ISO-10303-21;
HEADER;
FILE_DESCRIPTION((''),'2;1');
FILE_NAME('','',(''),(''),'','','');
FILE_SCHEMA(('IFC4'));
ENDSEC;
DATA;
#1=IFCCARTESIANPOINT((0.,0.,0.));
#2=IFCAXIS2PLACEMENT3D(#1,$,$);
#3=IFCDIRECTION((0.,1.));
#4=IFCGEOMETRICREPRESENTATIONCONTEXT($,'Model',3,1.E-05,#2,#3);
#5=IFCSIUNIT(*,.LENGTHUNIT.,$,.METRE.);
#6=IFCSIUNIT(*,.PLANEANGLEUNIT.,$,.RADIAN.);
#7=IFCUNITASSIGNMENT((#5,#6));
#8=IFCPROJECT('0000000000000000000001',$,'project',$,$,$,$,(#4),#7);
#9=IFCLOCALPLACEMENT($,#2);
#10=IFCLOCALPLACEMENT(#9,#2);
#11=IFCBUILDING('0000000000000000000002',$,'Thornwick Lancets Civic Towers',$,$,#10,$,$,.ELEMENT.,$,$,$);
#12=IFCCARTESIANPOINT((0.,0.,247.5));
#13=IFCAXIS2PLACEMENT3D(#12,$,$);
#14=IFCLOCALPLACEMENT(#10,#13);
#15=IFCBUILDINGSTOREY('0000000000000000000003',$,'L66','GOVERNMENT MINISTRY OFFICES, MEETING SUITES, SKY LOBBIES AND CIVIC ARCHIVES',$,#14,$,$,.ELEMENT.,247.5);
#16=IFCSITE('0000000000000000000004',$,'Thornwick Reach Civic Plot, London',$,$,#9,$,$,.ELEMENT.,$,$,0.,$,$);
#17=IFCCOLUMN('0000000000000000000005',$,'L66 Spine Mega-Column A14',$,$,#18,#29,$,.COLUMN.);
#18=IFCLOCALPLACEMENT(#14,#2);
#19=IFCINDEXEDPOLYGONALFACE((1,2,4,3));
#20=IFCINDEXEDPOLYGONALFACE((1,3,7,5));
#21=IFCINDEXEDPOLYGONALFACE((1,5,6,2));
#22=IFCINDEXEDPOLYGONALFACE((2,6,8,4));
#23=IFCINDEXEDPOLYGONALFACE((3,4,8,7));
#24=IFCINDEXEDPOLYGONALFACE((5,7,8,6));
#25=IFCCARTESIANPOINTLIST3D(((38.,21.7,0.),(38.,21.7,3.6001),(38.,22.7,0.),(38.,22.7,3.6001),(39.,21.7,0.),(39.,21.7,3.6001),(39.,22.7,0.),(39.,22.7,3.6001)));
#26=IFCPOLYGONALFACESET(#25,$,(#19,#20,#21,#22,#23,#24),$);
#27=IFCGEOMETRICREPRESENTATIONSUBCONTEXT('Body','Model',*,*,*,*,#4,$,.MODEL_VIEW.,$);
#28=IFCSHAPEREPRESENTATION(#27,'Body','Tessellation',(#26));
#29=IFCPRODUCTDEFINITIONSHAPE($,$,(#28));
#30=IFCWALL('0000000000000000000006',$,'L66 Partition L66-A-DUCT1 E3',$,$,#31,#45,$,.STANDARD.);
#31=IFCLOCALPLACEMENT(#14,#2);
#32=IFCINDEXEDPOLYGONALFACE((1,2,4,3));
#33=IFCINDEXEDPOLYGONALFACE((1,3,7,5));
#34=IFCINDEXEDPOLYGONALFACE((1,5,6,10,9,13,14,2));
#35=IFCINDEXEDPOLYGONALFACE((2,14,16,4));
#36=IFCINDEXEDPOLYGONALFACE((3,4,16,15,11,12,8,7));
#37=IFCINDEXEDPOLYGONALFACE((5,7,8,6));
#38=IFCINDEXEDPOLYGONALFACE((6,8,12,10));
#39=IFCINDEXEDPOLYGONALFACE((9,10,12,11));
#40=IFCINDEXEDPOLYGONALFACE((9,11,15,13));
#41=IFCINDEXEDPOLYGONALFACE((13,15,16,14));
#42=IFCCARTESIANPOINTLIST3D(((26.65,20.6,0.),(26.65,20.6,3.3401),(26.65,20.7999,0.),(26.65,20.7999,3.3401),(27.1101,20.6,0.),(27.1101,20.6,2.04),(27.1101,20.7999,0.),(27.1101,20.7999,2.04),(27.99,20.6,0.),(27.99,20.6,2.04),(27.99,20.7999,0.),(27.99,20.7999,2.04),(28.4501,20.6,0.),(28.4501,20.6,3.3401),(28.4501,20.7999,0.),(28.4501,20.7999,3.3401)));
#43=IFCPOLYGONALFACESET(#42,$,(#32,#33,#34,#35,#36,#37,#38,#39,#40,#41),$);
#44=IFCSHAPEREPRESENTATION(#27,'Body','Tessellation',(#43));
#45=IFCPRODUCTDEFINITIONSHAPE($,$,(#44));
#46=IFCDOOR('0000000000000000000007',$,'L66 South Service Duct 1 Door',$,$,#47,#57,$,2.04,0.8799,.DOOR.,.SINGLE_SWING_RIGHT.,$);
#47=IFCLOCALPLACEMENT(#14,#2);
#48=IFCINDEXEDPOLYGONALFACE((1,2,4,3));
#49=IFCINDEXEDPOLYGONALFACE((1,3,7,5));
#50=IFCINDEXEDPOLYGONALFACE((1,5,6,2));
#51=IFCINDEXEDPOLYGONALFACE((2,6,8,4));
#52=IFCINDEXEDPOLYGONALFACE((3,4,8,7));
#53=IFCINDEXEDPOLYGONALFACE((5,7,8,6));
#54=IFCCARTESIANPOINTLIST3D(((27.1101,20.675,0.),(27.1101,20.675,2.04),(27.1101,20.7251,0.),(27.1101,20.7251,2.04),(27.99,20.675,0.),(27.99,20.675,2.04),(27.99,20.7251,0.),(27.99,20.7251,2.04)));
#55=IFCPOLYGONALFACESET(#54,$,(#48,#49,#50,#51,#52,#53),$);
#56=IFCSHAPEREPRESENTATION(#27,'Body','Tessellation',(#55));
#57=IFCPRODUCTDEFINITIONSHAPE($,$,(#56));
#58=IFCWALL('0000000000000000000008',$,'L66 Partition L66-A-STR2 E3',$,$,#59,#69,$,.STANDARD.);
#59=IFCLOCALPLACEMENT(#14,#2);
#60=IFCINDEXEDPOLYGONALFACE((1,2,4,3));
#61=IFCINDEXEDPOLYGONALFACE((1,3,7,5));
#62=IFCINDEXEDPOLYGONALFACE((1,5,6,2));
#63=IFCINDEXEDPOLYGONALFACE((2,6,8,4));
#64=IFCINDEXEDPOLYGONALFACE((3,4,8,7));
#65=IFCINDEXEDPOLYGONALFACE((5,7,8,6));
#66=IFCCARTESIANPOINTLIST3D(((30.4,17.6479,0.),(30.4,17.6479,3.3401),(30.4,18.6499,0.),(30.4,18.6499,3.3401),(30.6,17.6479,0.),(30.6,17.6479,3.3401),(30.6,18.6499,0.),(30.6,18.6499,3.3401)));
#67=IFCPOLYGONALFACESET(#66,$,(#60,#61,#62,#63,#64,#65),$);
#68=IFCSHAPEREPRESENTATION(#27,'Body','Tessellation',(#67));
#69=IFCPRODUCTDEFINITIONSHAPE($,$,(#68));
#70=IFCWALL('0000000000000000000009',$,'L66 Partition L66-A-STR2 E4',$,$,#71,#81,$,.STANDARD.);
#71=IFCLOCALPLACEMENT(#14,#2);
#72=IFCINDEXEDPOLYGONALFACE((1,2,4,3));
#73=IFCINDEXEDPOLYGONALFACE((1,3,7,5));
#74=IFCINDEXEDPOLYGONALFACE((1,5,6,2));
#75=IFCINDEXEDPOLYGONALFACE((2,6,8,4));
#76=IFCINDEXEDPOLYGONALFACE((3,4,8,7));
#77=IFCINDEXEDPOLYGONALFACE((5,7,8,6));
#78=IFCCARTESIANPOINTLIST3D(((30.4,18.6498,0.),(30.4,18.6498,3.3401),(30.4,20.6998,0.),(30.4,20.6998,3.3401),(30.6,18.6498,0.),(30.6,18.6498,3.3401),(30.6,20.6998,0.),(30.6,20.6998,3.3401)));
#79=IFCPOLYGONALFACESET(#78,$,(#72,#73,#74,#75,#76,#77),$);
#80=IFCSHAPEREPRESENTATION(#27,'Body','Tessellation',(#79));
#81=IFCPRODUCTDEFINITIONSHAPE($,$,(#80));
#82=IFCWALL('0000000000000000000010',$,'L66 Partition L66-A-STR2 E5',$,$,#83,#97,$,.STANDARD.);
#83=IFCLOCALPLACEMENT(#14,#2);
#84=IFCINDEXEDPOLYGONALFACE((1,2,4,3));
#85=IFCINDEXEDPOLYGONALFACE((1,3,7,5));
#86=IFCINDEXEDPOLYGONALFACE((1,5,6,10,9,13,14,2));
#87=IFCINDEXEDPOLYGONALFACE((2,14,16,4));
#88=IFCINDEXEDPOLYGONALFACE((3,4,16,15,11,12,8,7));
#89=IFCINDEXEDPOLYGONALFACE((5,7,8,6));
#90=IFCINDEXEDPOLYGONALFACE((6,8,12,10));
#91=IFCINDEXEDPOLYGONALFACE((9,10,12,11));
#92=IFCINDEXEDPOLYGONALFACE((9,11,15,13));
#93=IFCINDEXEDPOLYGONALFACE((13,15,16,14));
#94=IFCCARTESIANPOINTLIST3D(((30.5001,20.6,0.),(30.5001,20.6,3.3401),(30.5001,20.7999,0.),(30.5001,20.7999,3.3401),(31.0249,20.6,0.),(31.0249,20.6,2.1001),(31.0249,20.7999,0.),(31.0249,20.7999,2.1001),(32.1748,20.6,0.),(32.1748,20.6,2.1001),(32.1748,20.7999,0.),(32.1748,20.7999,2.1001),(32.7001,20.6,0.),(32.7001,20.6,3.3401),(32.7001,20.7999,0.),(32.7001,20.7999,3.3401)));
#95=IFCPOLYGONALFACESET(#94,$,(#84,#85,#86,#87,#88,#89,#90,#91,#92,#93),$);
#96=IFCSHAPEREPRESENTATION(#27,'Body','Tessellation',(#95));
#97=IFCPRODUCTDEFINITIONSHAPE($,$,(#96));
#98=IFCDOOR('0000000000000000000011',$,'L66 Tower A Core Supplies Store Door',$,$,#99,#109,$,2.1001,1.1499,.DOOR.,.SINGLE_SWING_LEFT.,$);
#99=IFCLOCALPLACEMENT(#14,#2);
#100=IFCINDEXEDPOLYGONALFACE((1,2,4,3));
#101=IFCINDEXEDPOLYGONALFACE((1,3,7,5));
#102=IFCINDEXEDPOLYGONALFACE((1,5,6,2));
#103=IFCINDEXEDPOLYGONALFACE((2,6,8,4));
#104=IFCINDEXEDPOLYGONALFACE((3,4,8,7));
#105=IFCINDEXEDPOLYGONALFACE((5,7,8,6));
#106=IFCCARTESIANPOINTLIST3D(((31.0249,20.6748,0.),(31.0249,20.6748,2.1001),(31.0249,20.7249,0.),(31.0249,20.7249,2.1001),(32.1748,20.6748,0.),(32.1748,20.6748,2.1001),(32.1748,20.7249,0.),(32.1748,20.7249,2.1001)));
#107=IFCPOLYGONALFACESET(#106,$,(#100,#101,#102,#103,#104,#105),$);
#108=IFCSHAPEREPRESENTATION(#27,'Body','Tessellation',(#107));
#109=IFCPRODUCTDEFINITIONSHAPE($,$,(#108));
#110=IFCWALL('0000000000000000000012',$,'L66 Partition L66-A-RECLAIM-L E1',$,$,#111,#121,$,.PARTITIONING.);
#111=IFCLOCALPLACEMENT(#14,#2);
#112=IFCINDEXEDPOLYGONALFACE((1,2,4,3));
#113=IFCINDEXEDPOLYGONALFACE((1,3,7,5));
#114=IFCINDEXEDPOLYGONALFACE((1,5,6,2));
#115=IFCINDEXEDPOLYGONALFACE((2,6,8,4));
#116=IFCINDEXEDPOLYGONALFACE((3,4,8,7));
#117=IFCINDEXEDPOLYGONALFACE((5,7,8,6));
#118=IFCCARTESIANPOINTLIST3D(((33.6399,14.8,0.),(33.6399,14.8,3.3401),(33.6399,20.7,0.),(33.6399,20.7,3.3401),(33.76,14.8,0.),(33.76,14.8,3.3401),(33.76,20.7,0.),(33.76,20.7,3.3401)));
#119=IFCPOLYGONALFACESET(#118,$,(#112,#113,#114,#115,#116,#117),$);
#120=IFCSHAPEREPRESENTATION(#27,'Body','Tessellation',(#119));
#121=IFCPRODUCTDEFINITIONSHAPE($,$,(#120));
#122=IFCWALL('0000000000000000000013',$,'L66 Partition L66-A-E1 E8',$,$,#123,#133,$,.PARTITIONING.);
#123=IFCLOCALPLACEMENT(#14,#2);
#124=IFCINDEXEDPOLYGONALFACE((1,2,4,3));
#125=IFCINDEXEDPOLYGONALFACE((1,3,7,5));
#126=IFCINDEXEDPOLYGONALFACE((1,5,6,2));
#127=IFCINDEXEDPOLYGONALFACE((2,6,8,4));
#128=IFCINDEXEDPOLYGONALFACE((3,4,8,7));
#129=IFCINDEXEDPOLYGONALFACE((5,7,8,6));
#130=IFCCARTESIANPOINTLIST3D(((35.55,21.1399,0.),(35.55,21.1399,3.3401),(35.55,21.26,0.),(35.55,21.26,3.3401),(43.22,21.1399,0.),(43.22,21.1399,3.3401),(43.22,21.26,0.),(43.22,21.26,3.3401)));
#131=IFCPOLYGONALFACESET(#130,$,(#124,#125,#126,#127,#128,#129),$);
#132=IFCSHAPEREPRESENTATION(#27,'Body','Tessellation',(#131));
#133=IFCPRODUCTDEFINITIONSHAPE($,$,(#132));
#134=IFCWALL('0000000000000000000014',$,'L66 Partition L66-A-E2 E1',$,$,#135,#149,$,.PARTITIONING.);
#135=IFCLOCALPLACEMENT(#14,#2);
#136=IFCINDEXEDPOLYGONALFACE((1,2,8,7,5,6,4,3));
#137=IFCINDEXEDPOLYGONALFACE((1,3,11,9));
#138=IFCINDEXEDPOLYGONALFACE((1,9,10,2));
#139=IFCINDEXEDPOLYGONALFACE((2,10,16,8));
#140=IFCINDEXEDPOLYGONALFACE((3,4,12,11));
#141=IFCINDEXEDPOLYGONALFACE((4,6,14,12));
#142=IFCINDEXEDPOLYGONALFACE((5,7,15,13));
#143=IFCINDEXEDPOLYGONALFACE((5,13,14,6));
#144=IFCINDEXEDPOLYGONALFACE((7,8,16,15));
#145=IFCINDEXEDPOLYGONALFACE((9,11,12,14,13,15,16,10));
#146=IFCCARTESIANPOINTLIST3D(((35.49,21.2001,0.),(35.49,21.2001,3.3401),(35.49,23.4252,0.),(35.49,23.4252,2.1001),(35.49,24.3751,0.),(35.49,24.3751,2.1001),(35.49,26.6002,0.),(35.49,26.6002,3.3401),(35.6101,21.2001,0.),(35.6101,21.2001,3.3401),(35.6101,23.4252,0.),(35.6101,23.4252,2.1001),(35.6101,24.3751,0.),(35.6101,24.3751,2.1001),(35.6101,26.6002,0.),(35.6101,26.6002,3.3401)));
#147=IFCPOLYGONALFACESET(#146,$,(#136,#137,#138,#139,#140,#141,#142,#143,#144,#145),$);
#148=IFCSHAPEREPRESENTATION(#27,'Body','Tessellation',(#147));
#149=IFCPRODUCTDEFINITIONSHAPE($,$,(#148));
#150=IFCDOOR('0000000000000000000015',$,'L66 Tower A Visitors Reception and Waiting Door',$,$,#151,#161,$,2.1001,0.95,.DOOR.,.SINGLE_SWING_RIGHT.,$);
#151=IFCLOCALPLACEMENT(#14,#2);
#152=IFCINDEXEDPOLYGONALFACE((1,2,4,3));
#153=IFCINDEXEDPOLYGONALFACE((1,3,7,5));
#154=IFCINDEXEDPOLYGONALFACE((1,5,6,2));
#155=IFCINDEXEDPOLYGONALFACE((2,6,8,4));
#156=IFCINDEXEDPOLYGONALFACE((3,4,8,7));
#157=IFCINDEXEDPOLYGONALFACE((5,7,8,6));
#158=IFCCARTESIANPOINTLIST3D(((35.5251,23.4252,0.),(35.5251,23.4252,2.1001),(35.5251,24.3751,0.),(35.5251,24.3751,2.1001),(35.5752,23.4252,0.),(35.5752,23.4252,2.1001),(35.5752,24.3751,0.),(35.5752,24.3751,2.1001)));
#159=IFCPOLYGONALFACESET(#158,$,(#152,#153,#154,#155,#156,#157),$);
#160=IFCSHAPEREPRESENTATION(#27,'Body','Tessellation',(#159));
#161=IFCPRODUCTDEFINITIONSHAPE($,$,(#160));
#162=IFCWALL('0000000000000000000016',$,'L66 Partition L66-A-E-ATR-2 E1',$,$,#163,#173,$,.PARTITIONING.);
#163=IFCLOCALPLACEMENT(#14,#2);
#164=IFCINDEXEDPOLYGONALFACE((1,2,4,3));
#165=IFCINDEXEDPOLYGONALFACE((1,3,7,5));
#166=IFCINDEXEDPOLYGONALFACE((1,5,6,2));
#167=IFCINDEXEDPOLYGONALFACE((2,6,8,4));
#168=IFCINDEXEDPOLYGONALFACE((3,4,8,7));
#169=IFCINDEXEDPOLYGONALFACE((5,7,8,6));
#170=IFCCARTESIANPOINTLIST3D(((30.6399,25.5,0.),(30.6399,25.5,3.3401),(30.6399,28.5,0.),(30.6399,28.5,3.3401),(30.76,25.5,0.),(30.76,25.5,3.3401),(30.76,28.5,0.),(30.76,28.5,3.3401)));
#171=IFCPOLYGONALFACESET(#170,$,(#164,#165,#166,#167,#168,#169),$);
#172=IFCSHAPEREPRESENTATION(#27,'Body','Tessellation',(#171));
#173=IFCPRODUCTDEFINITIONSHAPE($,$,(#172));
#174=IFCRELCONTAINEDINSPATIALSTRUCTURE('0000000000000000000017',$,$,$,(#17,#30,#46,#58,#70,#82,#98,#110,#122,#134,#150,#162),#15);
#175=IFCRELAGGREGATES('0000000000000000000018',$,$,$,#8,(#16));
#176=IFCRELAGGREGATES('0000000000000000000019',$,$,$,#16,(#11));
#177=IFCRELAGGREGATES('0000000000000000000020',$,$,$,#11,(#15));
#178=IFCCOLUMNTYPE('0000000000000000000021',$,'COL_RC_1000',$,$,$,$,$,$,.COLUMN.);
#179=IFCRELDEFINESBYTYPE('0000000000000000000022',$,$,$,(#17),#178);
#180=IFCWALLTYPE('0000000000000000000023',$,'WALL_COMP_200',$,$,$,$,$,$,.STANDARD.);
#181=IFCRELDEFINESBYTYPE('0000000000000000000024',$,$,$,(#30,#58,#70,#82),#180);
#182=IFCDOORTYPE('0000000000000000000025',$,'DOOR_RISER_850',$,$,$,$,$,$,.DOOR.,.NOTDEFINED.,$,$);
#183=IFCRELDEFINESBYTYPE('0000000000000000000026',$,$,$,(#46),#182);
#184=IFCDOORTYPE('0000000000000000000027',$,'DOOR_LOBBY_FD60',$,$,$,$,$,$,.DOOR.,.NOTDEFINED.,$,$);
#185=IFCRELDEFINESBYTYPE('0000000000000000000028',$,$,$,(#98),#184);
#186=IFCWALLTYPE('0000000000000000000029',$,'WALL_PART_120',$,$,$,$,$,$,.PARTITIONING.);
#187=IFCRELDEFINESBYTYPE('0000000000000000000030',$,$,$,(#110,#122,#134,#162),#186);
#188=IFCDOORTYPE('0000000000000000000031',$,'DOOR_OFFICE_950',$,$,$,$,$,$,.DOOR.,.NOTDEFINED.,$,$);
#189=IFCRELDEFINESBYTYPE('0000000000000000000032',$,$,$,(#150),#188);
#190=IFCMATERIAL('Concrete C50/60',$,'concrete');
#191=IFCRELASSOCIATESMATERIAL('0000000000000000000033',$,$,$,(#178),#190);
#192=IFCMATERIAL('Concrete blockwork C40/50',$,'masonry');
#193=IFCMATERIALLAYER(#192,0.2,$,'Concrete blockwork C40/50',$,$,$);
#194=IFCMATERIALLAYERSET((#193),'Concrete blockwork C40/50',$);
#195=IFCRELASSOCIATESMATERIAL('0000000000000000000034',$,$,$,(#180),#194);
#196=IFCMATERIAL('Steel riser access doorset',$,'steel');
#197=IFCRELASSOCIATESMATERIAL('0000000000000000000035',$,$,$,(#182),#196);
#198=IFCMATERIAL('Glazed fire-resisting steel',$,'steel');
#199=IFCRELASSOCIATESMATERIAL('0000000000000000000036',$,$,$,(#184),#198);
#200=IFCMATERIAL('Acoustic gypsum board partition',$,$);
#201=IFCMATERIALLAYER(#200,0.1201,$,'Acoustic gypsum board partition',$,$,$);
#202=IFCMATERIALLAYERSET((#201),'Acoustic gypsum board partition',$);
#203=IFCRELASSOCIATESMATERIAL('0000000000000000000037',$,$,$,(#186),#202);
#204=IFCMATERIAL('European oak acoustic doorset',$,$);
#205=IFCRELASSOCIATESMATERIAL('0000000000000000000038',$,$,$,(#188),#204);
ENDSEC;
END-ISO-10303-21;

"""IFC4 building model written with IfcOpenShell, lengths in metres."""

from ifc_helpers import new_model, si_unit, direction, frame, frame_2d, origin, origin_2d, place, context, subcontext, project, spatial, rectangle, extrude, material, layer, layer_set, material_profile, profile_set, type_object, element, fill, save


model = new_model("IFC4")

# Units and contexts
model_context = context("Model", 3, precision=1e-05, world=origin(), true_north=direction((0.0, 1.0)))
body_context = subcontext(model_context, "Body", "Model", "MODEL_VIEW")
ifc_project = project(units=[si_unit("LENGTHUNIT", "METRE"), si_unit("PLANEANGLEUNIT", "RADIAN")], contexts=[model_context])

# Site, building, storey
site_placement = place(None, origin())
site = spatial("IfcSite", under=ifc_project, at=site_placement, Name="Thornwick Reach Civic Plot, London", CompositionType="ELEMENT", RefElevation=0.0)
building_placement = place(site_placement, origin())
building = spatial("IfcBuilding", under=site, at=building_placement, Name="Thornwick Lancets Civic Towers", CompositionType="ELEMENT")
storey_placement = place(building_placement, frame((0.0, 0.0, 247.5)))
storey = spatial("IfcBuildingStorey", under=building, at=storey_placement, Name="L66", Description="GOVERNMENT MINISTRY OFFICES, MEETING SUITES, SKY LOBBIES AND CIVIC ARCHIVES", CompositionType="ELEMENT", Elevation=247.5)

# Column
ifc_material_1 = material(Name="Concrete C50/60", Category="concrete")
ifc_material_profile = material_profile(ifc_material_1, rectangle(XDim=1.0, YDim=1.0, at=origin_2d()), Name="RC 1000x1000")
ifc_profile_set = profile_set([ifc_material_profile], Name="Concrete C50/60")
column_type = type_object("IfcColumnType", Name="COL_RC_1000", PredefinedType="COLUMN", material=ifc_profile_set)
column_placement = place(storey_placement, frame((38.5, 22.2, 0.0), z_axis=(0.0, 0.0, 1.0), x_axis=(1.0, 0.0, 0.0)))
element("IfcColumn", 1, at=column_placement, inside=storey, type_object=column_type, Name="L66 Spine Mega-Column A14", PredefinedType="COLUMN", context=body_context, shape_type="SweptSolid", body=[
    extrude(rectangle(XDim=1.0, YDim=1.0, at=origin_2d()), origin(), (0.0, 0.0, 1.0), 3.6001),
])

# Wall, opening, door
ifc_material_2 = material(Name="Concrete blockwork C40/50", Category="masonry")
ifc_layer_1 = layer(ifc_material_2, 0.2, Name="Concrete blockwork C40/50")
ifc_layer_set_1 = layer_set([ifc_layer_1], Name="Concrete blockwork C40/50")
wall_type_1 = type_object("IfcWallType", Name="WALL_COMP_200", PredefinedType="STANDARD", material=ifc_layer_set_1)
wall_1_placement = place(storey_placement, frame((28.45, 20.7, 0.0), z_axis=(0.0, 0.0, 1.0), x_axis=(-1.0, 0.0, 0.0)))
wall_1 = element("IfcWall", 2, at=wall_1_placement, inside=storey, type_object=wall_type_1, Name="L66 Partition L66-A-DUCT1 E3", PredefinedType="STANDARD", context=body_context, shape_type="SweptSolid", body=[
    extrude(rectangle(XDim=1.8, YDim=0.2, at=frame_2d((0.8999, 0.0))), origin(), (0.0, 0.0, 1.0), 3.3401),
])
opening_1_placement = place(wall_1_placement, frame((0.46, 0.0, 0.0)))
opening_1 = element("IfcOpeningElement", 3, at=opening_1_placement, cuts=wall_1, PredefinedType="OPENING", context=body_context, shape_type="SweptSolid", body=[
    extrude(rectangle(XDim=0.8799, YDim=2.04, at=frame_2d((0.4399, 1.02))), frame((0.0, 0.1099, 0.0), z_axis=(0.0, -1.0, 0.0), x_axis=(1.0, 0.0, 0.0)), (0.0, 0.0, 1.0), 0.22),
])
ifc_material_3 = material(Name="Steel riser access doorset", Category="steel")
door_type_1 = type_object("IfcDoorType", Name="DOOR_RISER_850", OperationType="NOTDEFINED", PredefinedType="DOOR", material=ifc_material_3)
door_1_placement = place(opening_1_placement, origin())
door_1 = element("IfcDoor", 4, at=door_1_placement, inside=storey, type_object=door_type_1, Name="L66 South Service Duct 1 Door", OperationType="SINGLE_SWING_RIGHT", OverallHeight=2.04, OverallWidth=0.8799, PredefinedType="DOOR", context=body_context, shape_type="SweptSolid", body=[
    extrude(rectangle(XDim=0.8799, YDim=2.04, at=frame_2d((0.4399, 1.02))), frame((0.0, 0.0249, 0.0), z_axis=(0.0, -1.0, 0.0), x_axis=(1.0, 0.0, 0.0)), (0.0, 0.0, 1.0), 0.05),
])
fill(opening_1, door_1)

# Walls
wall_2_placement = place(storey_placement, frame((30.5, 17.6479, 0.0), z_axis=(0.0, 0.0, 1.0), x_axis=(0.0, 1.0, 0.0)))
element("IfcWall", 5, at=wall_2_placement, inside=storey, type_object=wall_type_1, Name="L66 Partition L66-A-STR2 E3", PredefinedType="STANDARD", context=body_context, shape_type="SweptSolid", body=[
    extrude(rectangle(XDim=1.002, YDim=0.2, at=frame_2d((0.501, 0.0))), origin(), (0.0, 0.0, 1.0), 3.3401),
])
wall_3_placement = place(storey_placement, frame((30.5, 18.6499, 0.0), z_axis=(0.0, 0.0, 1.0), x_axis=(0.0, 1.0, 0.0)))
element("IfcWall", 6, at=wall_3_placement, inside=storey, type_object=wall_type_1, Name="L66 Partition L66-A-STR2 E4", PredefinedType="STANDARD", context=body_context, shape_type="SweptSolid", body=[
    extrude(rectangle(XDim=2.05, YDim=0.2, at=frame_2d((1.0249, 0.0))), origin(), (0.0, 0.0, 1.0), 3.3401),
])

# Wall, opening, door
wall_4_placement = place(storey_placement, frame((30.5, 20.7, 0.0), z_axis=(0.0, 0.0, 1.0), x_axis=(1.0, 0.0, 0.0)))
wall_4 = element("IfcWall", 7, at=wall_4_placement, inside=storey, type_object=wall_type_1, Name="L66 Partition L66-A-STR2 E5", PredefinedType="STANDARD", context=body_context, shape_type="SweptSolid", body=[
    extrude(rectangle(XDim=2.2, YDim=0.2, at=frame_2d((1.1001, 0.0))), origin(), (0.0, 0.0, 1.0), 3.3401),
])
opening_2_placement = place(wall_4_placement, frame((0.5249, 0.0, 0.0)))
opening_2 = element("IfcOpeningElement", 8, at=opening_2_placement, cuts=wall_4, PredefinedType="OPENING", context=body_context, shape_type="SweptSolid", body=[
    extrude(rectangle(XDim=1.1499, YDim=2.1001, at=frame_2d((0.575, 1.05))), frame((0.0, 0.1099, 0.0), z_axis=(0.0, -1.0, 0.0), x_axis=(1.0, 0.0, 0.0)), (0.0, 0.0, 1.0), 0.22),
])
ifc_material_4 = material(Name="Glazed fire-resisting steel", Category="steel")
door_type_2 = type_object("IfcDoorType", Name="DOOR_LOBBY_FD60", OperationType="NOTDEFINED", PredefinedType="DOOR", material=ifc_material_4)
door_2_placement = place(opening_2_placement, origin())
door_2 = element("IfcDoor", 9, at=door_2_placement, inside=storey, type_object=door_type_2, Name="L66 Tower A Core Supplies Store Door", OperationType="SINGLE_SWING_LEFT", OverallHeight=2.1001, OverallWidth=1.1499, PredefinedType="DOOR", context=body_context, shape_type="SweptSolid", body=[
    extrude(rectangle(XDim=1.1499, YDim=2.1001, at=frame_2d((0.575, 1.05))), frame((0.0, 0.0249, 0.0), z_axis=(0.0, -1.0, 0.0), x_axis=(1.0, 0.0, 0.0)), (0.0, 0.0, 1.0), 0.05),
])
fill(opening_2, door_2)

# Walls
ifc_material_5 = material(Name="Acoustic gypsum board partition")
ifc_layer_2 = layer(ifc_material_5, 0.1201, Name="Acoustic gypsum board partition")
ifc_layer_set_2 = layer_set([ifc_layer_2], Name="Acoustic gypsum board partition")
wall_type_2 = type_object("IfcWallType", Name="WALL_PART_120", PredefinedType="PARTITIONING", material=ifc_layer_set_2)
wall_5_placement = place(storey_placement, frame((33.7, 20.7, 0.0), z_axis=(0.0, 0.0, 1.0), x_axis=(0.0, -1.0, 0.0)))
element("IfcWall", 10, at=wall_5_placement, inside=storey, type_object=wall_type_2, Name="L66 Partition L66-A-RECLAIM-L E1", PredefinedType="PARTITIONING", context=body_context, shape_type="SweptSolid", body=[
    extrude(rectangle(XDim=5.8999, YDim=0.1201, at=frame_2d((2.95, 0.0))), origin(), (0.0, 0.0, 1.0), 3.3401),
])
wall_6_placement = place(storey_placement, frame((35.55, 21.2, 0.0), z_axis=(0.0, 0.0, 1.0), x_axis=(1.0, 0.0, 0.0)))
element("IfcWall", 11, at=wall_6_placement, inside=storey, type_object=wall_type_2, Name="L66 Partition L66-A-E1 E8", PredefinedType="PARTITIONING", context=body_context, shape_type="SweptSolid", body=[
    extrude(rectangle(XDim=7.6699, YDim=0.1201, at=frame_2d((3.835, 0.0))), origin(), (0.0, 0.0, 1.0), 3.3401),
])

# Wall, opening, door
wall_7_placement = place(storey_placement, frame((35.55, 21.2, 0.0), z_axis=(0.0, 0.0, 1.0), x_axis=(0.0, 1.0, 0.0)))
wall_7 = element("IfcWall", 12, at=wall_7_placement, inside=storey, type_object=wall_type_2, Name="L66 Partition L66-A-E2 E1", PredefinedType="PARTITIONING", context=body_context, shape_type="SweptSolid", body=[
    extrude(rectangle(XDim=5.4001, YDim=0.1201, at=frame_2d((2.7002, 0.0))), origin(), (0.0, 0.0, 1.0), 3.3401),
])
opening_3_placement = place(wall_7_placement, frame((2.2251, 0.0, 0.0)))
opening_3 = element("IfcOpeningElement", 13, at=opening_3_placement, cuts=wall_7, PredefinedType="OPENING", context=body_context, shape_type="SweptSolid", body=[
    extrude(rectangle(XDim=0.95, YDim=2.1001, at=frame_2d((0.4751, 1.05))), frame((0.0, 0.0701, 0.0), z_axis=(0.0, -1.0, 0.0), x_axis=(1.0, 0.0, 0.0)), (0.0, 0.0, 1.0), 0.1401),
])
ifc_material_6 = material(Name="European oak acoustic doorset")
door_type_3 = type_object("IfcDoorType", Name="DOOR_OFFICE_950", OperationType="NOTDEFINED", PredefinedType="DOOR", material=ifc_material_6)
door_3_placement = place(opening_3_placement, origin())
door_3 = element("IfcDoor", 14, at=door_3_placement, inside=storey, type_object=door_type_3, Name="L66 Tower A Visitors Reception and Waiting Door", OperationType="SINGLE_SWING_RIGHT", OverallHeight=2.1001, OverallWidth=0.95, PredefinedType="DOOR", context=body_context, shape_type="SweptSolid", body=[
    extrude(rectangle(XDim=0.95, YDim=2.1001, at=frame_2d((0.4751, 1.05))), frame((0.0, 0.0249, 0.0), z_axis=(0.0, -1.0, 0.0), x_axis=(1.0, 0.0, 0.0)), (0.0, 0.0, 1.0), 0.05),
])
fill(opening_3, door_3)

# Wall
wall_8_placement = place(storey_placement, frame((30.7, 25.5, 0.0), z_axis=(0.0, 0.0, 1.0), x_axis=(0.0, 1.0, 0.0)))
element("IfcWall", 15, at=wall_8_placement, inside=storey, type_object=wall_type_2, Name="L66 Partition L66-A-E-ATR-2 E1", PredefinedType="PARTITIONING", context=body_context, shape_type="SweptSolid", body=[
    extrude(rectangle(XDim=3.0, YDim=0.1201, at=frame_2d((1.5, 0.0))), origin(), (0.0, 0.0, 1.0), 3.3401),
])

save(model, "model.ifc")
